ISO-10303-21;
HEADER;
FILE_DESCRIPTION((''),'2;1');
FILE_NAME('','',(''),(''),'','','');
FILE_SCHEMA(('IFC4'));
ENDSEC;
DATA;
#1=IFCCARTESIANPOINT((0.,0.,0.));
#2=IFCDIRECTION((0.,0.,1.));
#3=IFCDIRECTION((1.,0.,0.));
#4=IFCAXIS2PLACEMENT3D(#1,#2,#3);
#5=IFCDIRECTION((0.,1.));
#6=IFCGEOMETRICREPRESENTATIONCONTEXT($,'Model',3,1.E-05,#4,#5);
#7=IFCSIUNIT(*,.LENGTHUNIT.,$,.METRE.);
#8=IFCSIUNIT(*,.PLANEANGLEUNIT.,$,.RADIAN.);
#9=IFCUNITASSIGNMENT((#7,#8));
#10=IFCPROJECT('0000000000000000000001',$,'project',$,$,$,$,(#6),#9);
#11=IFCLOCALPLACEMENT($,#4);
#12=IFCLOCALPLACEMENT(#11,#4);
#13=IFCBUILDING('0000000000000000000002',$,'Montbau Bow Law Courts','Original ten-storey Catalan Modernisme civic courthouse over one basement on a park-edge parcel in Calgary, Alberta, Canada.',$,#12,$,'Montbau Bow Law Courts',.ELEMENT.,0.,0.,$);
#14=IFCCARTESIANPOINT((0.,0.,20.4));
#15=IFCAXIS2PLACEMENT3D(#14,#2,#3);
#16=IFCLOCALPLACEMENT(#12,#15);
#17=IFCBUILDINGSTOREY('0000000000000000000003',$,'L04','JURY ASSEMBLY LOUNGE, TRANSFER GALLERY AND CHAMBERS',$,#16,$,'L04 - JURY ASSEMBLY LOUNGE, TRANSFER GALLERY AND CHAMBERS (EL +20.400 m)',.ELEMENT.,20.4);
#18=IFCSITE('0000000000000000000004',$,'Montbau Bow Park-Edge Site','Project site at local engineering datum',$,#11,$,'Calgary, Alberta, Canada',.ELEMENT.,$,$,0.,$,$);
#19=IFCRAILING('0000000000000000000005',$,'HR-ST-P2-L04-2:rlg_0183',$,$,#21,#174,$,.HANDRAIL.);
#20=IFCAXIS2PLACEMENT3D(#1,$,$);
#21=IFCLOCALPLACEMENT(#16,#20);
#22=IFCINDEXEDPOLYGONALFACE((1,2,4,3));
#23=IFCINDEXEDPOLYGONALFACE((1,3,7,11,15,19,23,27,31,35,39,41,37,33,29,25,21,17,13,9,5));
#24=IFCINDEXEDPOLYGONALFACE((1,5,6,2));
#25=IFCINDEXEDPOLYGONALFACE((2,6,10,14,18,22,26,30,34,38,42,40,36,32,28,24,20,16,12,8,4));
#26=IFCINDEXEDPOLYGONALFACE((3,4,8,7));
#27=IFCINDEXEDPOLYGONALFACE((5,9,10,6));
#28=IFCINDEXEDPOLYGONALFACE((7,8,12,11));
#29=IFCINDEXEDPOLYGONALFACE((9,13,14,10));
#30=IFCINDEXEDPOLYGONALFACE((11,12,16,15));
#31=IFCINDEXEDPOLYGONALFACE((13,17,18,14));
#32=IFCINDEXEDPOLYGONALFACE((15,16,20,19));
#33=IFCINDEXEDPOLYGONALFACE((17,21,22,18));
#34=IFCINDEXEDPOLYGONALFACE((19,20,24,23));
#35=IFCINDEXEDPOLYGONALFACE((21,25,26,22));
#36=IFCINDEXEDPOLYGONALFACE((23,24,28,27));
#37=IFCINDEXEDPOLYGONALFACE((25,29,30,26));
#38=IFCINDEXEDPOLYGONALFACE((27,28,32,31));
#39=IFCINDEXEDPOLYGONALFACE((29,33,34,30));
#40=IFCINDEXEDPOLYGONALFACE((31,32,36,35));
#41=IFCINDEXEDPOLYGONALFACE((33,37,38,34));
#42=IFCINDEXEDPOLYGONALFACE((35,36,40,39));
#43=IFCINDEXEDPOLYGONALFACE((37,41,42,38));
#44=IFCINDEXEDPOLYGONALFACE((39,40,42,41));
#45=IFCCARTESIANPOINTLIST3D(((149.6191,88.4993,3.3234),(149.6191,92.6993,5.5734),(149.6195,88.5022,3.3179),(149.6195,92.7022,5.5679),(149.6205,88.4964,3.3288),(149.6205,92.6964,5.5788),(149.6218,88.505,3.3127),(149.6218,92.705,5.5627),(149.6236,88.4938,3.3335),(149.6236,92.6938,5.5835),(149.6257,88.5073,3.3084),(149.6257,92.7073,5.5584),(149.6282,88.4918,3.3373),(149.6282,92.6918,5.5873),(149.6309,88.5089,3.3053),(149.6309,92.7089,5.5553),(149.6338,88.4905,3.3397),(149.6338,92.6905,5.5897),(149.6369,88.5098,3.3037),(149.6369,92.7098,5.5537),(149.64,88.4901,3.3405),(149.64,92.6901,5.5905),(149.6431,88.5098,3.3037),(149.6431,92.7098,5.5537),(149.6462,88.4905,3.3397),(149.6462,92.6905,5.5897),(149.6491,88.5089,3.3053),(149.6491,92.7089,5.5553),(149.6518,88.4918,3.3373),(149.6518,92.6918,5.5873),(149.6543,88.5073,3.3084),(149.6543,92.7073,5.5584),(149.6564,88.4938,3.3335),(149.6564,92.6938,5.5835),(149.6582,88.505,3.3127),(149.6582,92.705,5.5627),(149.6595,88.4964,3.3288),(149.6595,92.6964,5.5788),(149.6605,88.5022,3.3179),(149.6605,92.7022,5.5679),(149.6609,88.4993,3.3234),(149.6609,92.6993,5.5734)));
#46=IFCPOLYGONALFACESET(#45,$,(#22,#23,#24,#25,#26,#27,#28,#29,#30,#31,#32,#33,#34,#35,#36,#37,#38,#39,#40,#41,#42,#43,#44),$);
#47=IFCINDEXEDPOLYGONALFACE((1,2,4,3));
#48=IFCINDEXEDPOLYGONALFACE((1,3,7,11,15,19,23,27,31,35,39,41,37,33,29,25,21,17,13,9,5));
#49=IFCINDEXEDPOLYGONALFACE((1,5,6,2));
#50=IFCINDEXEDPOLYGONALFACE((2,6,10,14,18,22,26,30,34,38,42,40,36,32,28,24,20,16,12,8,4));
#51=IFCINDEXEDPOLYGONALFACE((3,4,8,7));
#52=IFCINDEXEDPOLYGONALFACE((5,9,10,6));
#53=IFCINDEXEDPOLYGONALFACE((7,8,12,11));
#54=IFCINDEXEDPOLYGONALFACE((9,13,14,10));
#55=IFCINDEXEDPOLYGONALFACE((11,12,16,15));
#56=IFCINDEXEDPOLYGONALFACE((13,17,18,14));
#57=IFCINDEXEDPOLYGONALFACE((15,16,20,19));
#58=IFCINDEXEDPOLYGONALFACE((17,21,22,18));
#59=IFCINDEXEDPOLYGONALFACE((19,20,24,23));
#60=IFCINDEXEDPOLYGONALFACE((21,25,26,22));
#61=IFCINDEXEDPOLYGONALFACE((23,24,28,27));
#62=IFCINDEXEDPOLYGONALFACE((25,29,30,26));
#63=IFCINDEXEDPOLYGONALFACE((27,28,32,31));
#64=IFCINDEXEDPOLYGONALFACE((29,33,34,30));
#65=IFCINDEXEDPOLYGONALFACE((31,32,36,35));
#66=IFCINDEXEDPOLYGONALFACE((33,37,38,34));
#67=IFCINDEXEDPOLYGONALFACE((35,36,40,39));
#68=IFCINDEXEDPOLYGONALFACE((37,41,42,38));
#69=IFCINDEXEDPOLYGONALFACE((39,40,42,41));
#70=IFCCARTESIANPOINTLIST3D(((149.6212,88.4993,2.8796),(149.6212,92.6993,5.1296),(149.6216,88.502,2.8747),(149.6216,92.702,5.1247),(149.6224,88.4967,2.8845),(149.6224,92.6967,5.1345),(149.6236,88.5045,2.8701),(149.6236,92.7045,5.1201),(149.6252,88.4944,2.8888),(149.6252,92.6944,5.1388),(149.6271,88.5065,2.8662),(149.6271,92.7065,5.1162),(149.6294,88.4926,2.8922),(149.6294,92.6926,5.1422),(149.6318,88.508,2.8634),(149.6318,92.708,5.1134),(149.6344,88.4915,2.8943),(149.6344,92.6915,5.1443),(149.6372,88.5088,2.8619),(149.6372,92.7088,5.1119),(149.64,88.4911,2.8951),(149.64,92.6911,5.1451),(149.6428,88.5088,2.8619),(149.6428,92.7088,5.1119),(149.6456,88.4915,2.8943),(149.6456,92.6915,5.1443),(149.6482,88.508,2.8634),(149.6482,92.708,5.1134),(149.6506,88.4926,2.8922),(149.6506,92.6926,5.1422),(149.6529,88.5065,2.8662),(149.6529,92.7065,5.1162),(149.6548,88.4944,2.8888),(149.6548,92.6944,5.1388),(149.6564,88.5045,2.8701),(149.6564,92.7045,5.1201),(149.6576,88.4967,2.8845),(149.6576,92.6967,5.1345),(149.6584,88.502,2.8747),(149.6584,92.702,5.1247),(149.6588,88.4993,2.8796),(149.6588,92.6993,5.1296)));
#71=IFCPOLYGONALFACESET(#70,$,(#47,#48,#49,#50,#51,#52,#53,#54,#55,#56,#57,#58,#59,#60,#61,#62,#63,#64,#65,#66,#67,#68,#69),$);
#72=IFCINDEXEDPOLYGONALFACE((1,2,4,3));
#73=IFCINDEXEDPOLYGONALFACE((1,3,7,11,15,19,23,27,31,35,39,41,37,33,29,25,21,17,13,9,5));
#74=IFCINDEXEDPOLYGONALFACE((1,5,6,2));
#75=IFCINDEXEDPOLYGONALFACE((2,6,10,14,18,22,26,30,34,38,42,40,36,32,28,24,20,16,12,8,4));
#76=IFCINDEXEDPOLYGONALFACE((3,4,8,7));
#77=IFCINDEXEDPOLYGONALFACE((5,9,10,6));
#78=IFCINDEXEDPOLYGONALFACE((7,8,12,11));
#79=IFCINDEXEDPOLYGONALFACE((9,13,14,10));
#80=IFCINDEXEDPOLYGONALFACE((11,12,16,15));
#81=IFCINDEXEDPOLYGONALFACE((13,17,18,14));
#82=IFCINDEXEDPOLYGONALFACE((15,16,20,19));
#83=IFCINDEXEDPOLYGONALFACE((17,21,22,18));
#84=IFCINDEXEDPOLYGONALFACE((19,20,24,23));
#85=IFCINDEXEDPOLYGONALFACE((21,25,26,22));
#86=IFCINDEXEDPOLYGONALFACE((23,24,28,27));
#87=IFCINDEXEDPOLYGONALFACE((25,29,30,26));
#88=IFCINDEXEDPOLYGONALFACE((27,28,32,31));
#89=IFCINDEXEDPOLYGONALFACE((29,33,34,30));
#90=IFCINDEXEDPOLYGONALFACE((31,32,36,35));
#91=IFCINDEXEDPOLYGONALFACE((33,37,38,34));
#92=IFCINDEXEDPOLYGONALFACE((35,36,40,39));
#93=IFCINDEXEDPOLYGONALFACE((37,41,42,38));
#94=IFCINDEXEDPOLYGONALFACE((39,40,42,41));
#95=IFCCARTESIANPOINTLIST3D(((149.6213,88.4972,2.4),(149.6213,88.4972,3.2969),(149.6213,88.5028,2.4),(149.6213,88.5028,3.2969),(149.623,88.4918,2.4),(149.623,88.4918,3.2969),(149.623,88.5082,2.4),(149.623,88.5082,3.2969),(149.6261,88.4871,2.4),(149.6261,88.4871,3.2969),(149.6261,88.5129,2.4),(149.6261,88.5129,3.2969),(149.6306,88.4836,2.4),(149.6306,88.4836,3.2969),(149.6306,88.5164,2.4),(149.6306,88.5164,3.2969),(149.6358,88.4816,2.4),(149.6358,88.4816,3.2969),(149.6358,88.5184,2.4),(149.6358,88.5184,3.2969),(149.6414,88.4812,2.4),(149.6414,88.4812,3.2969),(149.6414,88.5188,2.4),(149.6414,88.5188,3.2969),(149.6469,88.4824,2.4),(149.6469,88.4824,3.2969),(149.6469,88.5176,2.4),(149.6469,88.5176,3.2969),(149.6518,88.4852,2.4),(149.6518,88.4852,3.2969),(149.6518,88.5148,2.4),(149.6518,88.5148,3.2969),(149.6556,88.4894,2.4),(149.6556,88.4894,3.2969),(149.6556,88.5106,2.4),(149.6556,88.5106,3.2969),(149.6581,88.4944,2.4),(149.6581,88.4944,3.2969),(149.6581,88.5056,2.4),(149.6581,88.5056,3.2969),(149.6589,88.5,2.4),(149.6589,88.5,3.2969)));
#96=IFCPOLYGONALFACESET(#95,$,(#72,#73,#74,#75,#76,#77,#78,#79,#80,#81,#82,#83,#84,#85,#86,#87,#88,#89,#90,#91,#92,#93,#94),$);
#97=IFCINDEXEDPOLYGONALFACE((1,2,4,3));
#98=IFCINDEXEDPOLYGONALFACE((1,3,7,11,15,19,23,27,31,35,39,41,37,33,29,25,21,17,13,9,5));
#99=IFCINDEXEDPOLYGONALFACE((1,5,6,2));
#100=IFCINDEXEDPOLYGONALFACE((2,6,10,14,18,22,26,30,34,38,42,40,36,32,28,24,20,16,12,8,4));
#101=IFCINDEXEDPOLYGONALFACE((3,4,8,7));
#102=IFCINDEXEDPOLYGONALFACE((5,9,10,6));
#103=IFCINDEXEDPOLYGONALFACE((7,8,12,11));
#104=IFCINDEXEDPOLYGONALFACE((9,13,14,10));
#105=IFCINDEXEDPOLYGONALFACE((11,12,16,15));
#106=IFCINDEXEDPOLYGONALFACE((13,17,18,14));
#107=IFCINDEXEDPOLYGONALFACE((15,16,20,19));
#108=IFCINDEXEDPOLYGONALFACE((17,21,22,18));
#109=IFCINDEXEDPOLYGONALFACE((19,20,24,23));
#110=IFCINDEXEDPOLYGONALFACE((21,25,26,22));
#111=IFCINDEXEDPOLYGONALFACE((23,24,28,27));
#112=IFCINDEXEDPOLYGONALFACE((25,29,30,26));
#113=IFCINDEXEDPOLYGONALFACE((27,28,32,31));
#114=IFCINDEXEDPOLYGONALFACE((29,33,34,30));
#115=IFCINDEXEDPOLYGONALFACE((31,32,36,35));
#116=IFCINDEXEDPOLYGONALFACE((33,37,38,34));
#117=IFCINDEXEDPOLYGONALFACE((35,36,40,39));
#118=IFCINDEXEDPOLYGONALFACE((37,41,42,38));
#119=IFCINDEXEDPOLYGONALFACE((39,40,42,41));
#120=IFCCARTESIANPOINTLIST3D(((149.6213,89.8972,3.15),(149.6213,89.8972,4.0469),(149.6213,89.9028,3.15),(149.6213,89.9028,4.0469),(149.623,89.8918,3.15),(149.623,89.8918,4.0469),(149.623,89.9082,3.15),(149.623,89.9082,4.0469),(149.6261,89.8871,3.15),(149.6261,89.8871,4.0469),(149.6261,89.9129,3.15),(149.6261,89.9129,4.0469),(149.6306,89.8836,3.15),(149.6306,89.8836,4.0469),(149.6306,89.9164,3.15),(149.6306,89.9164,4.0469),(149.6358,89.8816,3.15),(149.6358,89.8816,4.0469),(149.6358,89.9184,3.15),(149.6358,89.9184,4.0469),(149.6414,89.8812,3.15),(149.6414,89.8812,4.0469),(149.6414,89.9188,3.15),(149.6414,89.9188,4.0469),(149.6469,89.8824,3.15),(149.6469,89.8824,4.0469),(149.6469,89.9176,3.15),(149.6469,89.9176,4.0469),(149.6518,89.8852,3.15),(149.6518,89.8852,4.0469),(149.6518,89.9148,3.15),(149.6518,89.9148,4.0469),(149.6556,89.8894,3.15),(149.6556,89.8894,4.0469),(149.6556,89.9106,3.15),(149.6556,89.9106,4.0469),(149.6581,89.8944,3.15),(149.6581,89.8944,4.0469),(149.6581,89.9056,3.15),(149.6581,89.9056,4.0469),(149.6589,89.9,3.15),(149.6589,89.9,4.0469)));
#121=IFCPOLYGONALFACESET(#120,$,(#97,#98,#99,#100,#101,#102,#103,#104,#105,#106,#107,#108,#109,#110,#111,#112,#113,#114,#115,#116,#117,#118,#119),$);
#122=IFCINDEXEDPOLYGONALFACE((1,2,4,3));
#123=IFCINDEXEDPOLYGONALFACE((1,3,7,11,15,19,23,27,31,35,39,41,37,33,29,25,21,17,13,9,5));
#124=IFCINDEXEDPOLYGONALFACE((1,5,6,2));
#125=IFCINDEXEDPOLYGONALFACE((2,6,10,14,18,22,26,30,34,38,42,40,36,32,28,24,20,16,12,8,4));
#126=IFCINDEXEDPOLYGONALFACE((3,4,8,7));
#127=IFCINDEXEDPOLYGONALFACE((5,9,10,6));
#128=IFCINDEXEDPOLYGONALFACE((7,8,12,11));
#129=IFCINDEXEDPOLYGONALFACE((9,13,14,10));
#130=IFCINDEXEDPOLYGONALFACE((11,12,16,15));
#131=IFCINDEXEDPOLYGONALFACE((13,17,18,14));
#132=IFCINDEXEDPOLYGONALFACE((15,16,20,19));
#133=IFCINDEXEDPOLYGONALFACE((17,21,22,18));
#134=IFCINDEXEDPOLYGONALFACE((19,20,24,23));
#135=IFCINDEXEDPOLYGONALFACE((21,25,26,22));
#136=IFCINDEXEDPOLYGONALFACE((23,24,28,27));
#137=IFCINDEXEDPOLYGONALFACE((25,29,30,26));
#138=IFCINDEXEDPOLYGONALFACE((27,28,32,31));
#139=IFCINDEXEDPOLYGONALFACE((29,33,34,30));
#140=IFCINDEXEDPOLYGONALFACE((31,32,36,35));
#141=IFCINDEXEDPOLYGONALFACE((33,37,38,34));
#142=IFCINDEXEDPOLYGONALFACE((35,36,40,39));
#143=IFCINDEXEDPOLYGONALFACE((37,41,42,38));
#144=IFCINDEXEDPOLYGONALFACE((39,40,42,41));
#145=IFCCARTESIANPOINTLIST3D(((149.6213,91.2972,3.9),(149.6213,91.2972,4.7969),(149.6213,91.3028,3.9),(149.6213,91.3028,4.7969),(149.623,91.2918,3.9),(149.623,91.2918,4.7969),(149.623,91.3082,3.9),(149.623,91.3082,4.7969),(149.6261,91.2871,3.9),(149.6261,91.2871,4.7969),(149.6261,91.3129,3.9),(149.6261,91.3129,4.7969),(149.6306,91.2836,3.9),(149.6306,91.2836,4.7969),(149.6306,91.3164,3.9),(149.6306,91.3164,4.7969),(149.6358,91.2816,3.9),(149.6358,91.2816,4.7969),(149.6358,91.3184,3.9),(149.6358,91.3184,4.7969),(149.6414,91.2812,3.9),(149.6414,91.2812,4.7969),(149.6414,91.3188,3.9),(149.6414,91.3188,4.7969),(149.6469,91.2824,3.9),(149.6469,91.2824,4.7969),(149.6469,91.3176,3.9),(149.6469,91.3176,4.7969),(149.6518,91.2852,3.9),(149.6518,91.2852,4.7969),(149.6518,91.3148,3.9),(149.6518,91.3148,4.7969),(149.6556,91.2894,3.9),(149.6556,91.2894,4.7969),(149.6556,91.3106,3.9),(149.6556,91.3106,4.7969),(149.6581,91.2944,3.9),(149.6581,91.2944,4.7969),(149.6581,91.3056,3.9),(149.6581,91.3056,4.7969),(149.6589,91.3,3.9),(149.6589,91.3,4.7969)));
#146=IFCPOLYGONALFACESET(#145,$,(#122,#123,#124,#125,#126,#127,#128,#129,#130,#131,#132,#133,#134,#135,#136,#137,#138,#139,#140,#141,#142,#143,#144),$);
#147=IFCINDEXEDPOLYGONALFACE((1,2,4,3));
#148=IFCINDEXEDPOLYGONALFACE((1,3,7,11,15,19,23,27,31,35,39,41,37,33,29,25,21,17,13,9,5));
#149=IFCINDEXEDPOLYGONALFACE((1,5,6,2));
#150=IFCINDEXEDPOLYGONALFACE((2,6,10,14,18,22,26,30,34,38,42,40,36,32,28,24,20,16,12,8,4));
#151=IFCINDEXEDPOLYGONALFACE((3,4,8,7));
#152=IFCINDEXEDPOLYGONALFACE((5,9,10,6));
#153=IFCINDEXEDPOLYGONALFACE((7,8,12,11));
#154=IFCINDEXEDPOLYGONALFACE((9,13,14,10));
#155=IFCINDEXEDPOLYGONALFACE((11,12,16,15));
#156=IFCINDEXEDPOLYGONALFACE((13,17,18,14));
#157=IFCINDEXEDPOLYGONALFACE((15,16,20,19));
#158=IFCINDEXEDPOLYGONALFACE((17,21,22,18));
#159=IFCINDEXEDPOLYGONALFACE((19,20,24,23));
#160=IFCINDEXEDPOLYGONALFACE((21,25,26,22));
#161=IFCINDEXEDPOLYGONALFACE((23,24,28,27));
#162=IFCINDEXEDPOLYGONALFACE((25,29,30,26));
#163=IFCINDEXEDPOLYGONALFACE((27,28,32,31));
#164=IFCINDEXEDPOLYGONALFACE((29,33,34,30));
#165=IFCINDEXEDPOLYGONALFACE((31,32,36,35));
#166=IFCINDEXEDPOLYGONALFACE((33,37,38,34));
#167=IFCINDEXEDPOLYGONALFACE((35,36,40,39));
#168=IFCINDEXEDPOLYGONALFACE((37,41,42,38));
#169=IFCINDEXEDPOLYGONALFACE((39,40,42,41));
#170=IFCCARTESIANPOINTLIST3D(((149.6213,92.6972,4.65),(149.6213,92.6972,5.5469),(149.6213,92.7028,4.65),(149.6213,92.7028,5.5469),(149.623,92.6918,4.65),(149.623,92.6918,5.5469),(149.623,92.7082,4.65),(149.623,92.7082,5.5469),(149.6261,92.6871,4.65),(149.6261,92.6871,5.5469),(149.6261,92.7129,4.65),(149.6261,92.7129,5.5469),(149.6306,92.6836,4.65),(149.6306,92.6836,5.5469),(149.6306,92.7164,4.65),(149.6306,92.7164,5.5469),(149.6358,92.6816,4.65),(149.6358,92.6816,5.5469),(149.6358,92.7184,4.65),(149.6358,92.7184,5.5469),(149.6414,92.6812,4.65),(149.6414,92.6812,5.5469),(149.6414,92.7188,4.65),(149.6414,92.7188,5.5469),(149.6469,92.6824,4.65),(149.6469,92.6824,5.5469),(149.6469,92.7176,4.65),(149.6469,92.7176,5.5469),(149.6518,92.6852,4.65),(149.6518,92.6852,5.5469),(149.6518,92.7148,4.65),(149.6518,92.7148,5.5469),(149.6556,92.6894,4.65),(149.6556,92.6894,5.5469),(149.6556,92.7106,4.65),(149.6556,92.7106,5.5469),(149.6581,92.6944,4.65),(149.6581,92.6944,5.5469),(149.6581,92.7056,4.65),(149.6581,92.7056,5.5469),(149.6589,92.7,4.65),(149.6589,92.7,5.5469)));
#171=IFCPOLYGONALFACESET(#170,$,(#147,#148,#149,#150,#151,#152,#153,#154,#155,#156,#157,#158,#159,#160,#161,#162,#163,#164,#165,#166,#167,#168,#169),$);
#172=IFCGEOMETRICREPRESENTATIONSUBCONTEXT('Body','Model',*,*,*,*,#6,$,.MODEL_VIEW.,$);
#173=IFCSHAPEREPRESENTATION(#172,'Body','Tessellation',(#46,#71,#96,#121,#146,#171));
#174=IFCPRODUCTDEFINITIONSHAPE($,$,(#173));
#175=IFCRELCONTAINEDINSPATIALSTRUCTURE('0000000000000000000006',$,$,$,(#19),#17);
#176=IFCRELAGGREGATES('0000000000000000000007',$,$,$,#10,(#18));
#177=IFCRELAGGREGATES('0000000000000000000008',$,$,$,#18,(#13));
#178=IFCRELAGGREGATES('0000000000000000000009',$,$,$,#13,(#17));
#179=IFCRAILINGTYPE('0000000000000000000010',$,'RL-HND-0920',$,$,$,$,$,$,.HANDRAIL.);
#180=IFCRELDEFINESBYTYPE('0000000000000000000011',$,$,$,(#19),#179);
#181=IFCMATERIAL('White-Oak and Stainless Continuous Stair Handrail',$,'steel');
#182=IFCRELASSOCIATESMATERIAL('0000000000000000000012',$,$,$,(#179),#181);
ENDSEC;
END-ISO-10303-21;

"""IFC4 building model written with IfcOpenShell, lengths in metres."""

from ifc_helpers import new_model, si_unit, direction, frame, origin_with_axes, origin_2d_with_axis, place, context, subcontext, project, spatial, circle, extrude, material, type_object, element, save


model = new_model("IFC4")

# Units and contexts
model_context = context("Model", 3, precision=1e-05, world=origin_with_axes(), true_north=direction((0.0, 1.0)))
body_context = subcontext(model_context, "Body", "Model", "MODEL_VIEW")
ifc_project = project(units=[si_unit("LENGTHUNIT", "METRE"), si_unit("PLANEANGLEUNIT", "RADIAN")], contexts=[model_context])

# Site, building, storey
site_placement = place(None, origin_with_axes())
site = spatial("IfcSite", under=ifc_project, at=site_placement, Name="Montbau Bow Park-Edge Site", Description="Project site at local engineering datum", LongName="Calgary, Alberta, Canada", CompositionType="ELEMENT", RefElevation=0.0)
building_placement = place(site_placement, origin_with_axes())
building = spatial("IfcBuilding", under=site, at=building_placement, Name="Montbau Bow Law Courts", Description="Original ten-storey Catalan Modernisme civic courthouse over one basement on a park-edge parcel in Calgary, Alberta, Canada.", LongName="Montbau Bow Law Courts", CompositionType="ELEMENT", ElevationOfRefHeight=0.0, ElevationOfTerrain=0.0)
storey_placement = place(building_placement, frame((0.0, 0.0, 20.4), z_axis=(0.0, 0.0, 1.0), x_axis=(1.0, 0.0, 0.0)))
storey = spatial("IfcBuildingStorey", under=building, at=storey_placement, Name="L04", Description="JURY ASSEMBLY LOUNGE, TRANSFER GALLERY AND CHAMBERS", LongName="L04 - JURY ASSEMBLY LOUNGE, TRANSFER GALLERY AND CHAMBERS (EL +20.400 m)", CompositionType="ELEMENT", Elevation=20.4)

# Railing
ifc_material_1 = material(Name="White-Oak and Stainless Continuous Stair Handrail", Category="steel")
railing_type_1 = type_object("IfcRailingType", Name="RL-HND-0920", PredefinedType="HANDRAIL", material=ifc_material_1)
railing_1_placement = place(None, origin_with_axes())
element("IfcRailing", 1, at=railing_1_placement, inside=storey, type_object=railing_type_1, Name="HR-ST-P2-L04-2:rlg_0183", PredefinedType="HANDRAIL", context=body_context, shape_type="SweptSolid", body=[
    extrude(circle(Radius=0.021, at=origin_2d_with_axis()), frame((149.64, 88.5, 23.722), z_axis=(0.0, 0.88148, 0.472221), x_axis=(0.0, -0.472221, 0.88148)), (0.0, 0.0, 1.0), 4.7647),
    extrude(circle(Radius=0.0189, at=origin_2d_with_axis()), frame((149.64, 88.5, 23.2784), z_axis=(0.0, 0.88148, 0.472221), x_axis=(0.0, -0.472221, 0.88148)), (0.0, 0.0, 1.0), 4.7647),
    extrude(circle(Radius=0.0189, at=origin_2d_with_axis()), frame((149.64, 88.5, 22.8), z_axis=(0.0, 0.0, 1.0), x_axis=(1.0, 0.0, 0.0)), (0.0, 0.0, 1.0), 0.8969),
    extrude(circle(Radius=0.0189, at=origin_2d_with_axis()), frame((149.64, 89.9, 23.55), z_axis=(0.0, 0.0, 1.0), x_axis=(1.0, 0.0, 0.0)), (0.0, 0.0, 1.0), 0.8969),
    extrude(circle(Radius=0.0189, at=origin_2d_with_axis()), frame((149.64, 91.3, 24.3), z_axis=(0.0, 0.0, 1.0), x_axis=(1.0, 0.0, 0.0)), (0.0, 0.0, 1.0), 0.8969),
    extrude(circle(Radius=0.0189, at=origin_2d_with_axis()), frame((149.64, 92.7, 25.05), z_axis=(0.0, 0.0, 1.0), x_axis=(1.0, 0.0, 0.0)), (0.0, 0.0, 1.0), 0.8969),
])

save(model, "model.ifc")
